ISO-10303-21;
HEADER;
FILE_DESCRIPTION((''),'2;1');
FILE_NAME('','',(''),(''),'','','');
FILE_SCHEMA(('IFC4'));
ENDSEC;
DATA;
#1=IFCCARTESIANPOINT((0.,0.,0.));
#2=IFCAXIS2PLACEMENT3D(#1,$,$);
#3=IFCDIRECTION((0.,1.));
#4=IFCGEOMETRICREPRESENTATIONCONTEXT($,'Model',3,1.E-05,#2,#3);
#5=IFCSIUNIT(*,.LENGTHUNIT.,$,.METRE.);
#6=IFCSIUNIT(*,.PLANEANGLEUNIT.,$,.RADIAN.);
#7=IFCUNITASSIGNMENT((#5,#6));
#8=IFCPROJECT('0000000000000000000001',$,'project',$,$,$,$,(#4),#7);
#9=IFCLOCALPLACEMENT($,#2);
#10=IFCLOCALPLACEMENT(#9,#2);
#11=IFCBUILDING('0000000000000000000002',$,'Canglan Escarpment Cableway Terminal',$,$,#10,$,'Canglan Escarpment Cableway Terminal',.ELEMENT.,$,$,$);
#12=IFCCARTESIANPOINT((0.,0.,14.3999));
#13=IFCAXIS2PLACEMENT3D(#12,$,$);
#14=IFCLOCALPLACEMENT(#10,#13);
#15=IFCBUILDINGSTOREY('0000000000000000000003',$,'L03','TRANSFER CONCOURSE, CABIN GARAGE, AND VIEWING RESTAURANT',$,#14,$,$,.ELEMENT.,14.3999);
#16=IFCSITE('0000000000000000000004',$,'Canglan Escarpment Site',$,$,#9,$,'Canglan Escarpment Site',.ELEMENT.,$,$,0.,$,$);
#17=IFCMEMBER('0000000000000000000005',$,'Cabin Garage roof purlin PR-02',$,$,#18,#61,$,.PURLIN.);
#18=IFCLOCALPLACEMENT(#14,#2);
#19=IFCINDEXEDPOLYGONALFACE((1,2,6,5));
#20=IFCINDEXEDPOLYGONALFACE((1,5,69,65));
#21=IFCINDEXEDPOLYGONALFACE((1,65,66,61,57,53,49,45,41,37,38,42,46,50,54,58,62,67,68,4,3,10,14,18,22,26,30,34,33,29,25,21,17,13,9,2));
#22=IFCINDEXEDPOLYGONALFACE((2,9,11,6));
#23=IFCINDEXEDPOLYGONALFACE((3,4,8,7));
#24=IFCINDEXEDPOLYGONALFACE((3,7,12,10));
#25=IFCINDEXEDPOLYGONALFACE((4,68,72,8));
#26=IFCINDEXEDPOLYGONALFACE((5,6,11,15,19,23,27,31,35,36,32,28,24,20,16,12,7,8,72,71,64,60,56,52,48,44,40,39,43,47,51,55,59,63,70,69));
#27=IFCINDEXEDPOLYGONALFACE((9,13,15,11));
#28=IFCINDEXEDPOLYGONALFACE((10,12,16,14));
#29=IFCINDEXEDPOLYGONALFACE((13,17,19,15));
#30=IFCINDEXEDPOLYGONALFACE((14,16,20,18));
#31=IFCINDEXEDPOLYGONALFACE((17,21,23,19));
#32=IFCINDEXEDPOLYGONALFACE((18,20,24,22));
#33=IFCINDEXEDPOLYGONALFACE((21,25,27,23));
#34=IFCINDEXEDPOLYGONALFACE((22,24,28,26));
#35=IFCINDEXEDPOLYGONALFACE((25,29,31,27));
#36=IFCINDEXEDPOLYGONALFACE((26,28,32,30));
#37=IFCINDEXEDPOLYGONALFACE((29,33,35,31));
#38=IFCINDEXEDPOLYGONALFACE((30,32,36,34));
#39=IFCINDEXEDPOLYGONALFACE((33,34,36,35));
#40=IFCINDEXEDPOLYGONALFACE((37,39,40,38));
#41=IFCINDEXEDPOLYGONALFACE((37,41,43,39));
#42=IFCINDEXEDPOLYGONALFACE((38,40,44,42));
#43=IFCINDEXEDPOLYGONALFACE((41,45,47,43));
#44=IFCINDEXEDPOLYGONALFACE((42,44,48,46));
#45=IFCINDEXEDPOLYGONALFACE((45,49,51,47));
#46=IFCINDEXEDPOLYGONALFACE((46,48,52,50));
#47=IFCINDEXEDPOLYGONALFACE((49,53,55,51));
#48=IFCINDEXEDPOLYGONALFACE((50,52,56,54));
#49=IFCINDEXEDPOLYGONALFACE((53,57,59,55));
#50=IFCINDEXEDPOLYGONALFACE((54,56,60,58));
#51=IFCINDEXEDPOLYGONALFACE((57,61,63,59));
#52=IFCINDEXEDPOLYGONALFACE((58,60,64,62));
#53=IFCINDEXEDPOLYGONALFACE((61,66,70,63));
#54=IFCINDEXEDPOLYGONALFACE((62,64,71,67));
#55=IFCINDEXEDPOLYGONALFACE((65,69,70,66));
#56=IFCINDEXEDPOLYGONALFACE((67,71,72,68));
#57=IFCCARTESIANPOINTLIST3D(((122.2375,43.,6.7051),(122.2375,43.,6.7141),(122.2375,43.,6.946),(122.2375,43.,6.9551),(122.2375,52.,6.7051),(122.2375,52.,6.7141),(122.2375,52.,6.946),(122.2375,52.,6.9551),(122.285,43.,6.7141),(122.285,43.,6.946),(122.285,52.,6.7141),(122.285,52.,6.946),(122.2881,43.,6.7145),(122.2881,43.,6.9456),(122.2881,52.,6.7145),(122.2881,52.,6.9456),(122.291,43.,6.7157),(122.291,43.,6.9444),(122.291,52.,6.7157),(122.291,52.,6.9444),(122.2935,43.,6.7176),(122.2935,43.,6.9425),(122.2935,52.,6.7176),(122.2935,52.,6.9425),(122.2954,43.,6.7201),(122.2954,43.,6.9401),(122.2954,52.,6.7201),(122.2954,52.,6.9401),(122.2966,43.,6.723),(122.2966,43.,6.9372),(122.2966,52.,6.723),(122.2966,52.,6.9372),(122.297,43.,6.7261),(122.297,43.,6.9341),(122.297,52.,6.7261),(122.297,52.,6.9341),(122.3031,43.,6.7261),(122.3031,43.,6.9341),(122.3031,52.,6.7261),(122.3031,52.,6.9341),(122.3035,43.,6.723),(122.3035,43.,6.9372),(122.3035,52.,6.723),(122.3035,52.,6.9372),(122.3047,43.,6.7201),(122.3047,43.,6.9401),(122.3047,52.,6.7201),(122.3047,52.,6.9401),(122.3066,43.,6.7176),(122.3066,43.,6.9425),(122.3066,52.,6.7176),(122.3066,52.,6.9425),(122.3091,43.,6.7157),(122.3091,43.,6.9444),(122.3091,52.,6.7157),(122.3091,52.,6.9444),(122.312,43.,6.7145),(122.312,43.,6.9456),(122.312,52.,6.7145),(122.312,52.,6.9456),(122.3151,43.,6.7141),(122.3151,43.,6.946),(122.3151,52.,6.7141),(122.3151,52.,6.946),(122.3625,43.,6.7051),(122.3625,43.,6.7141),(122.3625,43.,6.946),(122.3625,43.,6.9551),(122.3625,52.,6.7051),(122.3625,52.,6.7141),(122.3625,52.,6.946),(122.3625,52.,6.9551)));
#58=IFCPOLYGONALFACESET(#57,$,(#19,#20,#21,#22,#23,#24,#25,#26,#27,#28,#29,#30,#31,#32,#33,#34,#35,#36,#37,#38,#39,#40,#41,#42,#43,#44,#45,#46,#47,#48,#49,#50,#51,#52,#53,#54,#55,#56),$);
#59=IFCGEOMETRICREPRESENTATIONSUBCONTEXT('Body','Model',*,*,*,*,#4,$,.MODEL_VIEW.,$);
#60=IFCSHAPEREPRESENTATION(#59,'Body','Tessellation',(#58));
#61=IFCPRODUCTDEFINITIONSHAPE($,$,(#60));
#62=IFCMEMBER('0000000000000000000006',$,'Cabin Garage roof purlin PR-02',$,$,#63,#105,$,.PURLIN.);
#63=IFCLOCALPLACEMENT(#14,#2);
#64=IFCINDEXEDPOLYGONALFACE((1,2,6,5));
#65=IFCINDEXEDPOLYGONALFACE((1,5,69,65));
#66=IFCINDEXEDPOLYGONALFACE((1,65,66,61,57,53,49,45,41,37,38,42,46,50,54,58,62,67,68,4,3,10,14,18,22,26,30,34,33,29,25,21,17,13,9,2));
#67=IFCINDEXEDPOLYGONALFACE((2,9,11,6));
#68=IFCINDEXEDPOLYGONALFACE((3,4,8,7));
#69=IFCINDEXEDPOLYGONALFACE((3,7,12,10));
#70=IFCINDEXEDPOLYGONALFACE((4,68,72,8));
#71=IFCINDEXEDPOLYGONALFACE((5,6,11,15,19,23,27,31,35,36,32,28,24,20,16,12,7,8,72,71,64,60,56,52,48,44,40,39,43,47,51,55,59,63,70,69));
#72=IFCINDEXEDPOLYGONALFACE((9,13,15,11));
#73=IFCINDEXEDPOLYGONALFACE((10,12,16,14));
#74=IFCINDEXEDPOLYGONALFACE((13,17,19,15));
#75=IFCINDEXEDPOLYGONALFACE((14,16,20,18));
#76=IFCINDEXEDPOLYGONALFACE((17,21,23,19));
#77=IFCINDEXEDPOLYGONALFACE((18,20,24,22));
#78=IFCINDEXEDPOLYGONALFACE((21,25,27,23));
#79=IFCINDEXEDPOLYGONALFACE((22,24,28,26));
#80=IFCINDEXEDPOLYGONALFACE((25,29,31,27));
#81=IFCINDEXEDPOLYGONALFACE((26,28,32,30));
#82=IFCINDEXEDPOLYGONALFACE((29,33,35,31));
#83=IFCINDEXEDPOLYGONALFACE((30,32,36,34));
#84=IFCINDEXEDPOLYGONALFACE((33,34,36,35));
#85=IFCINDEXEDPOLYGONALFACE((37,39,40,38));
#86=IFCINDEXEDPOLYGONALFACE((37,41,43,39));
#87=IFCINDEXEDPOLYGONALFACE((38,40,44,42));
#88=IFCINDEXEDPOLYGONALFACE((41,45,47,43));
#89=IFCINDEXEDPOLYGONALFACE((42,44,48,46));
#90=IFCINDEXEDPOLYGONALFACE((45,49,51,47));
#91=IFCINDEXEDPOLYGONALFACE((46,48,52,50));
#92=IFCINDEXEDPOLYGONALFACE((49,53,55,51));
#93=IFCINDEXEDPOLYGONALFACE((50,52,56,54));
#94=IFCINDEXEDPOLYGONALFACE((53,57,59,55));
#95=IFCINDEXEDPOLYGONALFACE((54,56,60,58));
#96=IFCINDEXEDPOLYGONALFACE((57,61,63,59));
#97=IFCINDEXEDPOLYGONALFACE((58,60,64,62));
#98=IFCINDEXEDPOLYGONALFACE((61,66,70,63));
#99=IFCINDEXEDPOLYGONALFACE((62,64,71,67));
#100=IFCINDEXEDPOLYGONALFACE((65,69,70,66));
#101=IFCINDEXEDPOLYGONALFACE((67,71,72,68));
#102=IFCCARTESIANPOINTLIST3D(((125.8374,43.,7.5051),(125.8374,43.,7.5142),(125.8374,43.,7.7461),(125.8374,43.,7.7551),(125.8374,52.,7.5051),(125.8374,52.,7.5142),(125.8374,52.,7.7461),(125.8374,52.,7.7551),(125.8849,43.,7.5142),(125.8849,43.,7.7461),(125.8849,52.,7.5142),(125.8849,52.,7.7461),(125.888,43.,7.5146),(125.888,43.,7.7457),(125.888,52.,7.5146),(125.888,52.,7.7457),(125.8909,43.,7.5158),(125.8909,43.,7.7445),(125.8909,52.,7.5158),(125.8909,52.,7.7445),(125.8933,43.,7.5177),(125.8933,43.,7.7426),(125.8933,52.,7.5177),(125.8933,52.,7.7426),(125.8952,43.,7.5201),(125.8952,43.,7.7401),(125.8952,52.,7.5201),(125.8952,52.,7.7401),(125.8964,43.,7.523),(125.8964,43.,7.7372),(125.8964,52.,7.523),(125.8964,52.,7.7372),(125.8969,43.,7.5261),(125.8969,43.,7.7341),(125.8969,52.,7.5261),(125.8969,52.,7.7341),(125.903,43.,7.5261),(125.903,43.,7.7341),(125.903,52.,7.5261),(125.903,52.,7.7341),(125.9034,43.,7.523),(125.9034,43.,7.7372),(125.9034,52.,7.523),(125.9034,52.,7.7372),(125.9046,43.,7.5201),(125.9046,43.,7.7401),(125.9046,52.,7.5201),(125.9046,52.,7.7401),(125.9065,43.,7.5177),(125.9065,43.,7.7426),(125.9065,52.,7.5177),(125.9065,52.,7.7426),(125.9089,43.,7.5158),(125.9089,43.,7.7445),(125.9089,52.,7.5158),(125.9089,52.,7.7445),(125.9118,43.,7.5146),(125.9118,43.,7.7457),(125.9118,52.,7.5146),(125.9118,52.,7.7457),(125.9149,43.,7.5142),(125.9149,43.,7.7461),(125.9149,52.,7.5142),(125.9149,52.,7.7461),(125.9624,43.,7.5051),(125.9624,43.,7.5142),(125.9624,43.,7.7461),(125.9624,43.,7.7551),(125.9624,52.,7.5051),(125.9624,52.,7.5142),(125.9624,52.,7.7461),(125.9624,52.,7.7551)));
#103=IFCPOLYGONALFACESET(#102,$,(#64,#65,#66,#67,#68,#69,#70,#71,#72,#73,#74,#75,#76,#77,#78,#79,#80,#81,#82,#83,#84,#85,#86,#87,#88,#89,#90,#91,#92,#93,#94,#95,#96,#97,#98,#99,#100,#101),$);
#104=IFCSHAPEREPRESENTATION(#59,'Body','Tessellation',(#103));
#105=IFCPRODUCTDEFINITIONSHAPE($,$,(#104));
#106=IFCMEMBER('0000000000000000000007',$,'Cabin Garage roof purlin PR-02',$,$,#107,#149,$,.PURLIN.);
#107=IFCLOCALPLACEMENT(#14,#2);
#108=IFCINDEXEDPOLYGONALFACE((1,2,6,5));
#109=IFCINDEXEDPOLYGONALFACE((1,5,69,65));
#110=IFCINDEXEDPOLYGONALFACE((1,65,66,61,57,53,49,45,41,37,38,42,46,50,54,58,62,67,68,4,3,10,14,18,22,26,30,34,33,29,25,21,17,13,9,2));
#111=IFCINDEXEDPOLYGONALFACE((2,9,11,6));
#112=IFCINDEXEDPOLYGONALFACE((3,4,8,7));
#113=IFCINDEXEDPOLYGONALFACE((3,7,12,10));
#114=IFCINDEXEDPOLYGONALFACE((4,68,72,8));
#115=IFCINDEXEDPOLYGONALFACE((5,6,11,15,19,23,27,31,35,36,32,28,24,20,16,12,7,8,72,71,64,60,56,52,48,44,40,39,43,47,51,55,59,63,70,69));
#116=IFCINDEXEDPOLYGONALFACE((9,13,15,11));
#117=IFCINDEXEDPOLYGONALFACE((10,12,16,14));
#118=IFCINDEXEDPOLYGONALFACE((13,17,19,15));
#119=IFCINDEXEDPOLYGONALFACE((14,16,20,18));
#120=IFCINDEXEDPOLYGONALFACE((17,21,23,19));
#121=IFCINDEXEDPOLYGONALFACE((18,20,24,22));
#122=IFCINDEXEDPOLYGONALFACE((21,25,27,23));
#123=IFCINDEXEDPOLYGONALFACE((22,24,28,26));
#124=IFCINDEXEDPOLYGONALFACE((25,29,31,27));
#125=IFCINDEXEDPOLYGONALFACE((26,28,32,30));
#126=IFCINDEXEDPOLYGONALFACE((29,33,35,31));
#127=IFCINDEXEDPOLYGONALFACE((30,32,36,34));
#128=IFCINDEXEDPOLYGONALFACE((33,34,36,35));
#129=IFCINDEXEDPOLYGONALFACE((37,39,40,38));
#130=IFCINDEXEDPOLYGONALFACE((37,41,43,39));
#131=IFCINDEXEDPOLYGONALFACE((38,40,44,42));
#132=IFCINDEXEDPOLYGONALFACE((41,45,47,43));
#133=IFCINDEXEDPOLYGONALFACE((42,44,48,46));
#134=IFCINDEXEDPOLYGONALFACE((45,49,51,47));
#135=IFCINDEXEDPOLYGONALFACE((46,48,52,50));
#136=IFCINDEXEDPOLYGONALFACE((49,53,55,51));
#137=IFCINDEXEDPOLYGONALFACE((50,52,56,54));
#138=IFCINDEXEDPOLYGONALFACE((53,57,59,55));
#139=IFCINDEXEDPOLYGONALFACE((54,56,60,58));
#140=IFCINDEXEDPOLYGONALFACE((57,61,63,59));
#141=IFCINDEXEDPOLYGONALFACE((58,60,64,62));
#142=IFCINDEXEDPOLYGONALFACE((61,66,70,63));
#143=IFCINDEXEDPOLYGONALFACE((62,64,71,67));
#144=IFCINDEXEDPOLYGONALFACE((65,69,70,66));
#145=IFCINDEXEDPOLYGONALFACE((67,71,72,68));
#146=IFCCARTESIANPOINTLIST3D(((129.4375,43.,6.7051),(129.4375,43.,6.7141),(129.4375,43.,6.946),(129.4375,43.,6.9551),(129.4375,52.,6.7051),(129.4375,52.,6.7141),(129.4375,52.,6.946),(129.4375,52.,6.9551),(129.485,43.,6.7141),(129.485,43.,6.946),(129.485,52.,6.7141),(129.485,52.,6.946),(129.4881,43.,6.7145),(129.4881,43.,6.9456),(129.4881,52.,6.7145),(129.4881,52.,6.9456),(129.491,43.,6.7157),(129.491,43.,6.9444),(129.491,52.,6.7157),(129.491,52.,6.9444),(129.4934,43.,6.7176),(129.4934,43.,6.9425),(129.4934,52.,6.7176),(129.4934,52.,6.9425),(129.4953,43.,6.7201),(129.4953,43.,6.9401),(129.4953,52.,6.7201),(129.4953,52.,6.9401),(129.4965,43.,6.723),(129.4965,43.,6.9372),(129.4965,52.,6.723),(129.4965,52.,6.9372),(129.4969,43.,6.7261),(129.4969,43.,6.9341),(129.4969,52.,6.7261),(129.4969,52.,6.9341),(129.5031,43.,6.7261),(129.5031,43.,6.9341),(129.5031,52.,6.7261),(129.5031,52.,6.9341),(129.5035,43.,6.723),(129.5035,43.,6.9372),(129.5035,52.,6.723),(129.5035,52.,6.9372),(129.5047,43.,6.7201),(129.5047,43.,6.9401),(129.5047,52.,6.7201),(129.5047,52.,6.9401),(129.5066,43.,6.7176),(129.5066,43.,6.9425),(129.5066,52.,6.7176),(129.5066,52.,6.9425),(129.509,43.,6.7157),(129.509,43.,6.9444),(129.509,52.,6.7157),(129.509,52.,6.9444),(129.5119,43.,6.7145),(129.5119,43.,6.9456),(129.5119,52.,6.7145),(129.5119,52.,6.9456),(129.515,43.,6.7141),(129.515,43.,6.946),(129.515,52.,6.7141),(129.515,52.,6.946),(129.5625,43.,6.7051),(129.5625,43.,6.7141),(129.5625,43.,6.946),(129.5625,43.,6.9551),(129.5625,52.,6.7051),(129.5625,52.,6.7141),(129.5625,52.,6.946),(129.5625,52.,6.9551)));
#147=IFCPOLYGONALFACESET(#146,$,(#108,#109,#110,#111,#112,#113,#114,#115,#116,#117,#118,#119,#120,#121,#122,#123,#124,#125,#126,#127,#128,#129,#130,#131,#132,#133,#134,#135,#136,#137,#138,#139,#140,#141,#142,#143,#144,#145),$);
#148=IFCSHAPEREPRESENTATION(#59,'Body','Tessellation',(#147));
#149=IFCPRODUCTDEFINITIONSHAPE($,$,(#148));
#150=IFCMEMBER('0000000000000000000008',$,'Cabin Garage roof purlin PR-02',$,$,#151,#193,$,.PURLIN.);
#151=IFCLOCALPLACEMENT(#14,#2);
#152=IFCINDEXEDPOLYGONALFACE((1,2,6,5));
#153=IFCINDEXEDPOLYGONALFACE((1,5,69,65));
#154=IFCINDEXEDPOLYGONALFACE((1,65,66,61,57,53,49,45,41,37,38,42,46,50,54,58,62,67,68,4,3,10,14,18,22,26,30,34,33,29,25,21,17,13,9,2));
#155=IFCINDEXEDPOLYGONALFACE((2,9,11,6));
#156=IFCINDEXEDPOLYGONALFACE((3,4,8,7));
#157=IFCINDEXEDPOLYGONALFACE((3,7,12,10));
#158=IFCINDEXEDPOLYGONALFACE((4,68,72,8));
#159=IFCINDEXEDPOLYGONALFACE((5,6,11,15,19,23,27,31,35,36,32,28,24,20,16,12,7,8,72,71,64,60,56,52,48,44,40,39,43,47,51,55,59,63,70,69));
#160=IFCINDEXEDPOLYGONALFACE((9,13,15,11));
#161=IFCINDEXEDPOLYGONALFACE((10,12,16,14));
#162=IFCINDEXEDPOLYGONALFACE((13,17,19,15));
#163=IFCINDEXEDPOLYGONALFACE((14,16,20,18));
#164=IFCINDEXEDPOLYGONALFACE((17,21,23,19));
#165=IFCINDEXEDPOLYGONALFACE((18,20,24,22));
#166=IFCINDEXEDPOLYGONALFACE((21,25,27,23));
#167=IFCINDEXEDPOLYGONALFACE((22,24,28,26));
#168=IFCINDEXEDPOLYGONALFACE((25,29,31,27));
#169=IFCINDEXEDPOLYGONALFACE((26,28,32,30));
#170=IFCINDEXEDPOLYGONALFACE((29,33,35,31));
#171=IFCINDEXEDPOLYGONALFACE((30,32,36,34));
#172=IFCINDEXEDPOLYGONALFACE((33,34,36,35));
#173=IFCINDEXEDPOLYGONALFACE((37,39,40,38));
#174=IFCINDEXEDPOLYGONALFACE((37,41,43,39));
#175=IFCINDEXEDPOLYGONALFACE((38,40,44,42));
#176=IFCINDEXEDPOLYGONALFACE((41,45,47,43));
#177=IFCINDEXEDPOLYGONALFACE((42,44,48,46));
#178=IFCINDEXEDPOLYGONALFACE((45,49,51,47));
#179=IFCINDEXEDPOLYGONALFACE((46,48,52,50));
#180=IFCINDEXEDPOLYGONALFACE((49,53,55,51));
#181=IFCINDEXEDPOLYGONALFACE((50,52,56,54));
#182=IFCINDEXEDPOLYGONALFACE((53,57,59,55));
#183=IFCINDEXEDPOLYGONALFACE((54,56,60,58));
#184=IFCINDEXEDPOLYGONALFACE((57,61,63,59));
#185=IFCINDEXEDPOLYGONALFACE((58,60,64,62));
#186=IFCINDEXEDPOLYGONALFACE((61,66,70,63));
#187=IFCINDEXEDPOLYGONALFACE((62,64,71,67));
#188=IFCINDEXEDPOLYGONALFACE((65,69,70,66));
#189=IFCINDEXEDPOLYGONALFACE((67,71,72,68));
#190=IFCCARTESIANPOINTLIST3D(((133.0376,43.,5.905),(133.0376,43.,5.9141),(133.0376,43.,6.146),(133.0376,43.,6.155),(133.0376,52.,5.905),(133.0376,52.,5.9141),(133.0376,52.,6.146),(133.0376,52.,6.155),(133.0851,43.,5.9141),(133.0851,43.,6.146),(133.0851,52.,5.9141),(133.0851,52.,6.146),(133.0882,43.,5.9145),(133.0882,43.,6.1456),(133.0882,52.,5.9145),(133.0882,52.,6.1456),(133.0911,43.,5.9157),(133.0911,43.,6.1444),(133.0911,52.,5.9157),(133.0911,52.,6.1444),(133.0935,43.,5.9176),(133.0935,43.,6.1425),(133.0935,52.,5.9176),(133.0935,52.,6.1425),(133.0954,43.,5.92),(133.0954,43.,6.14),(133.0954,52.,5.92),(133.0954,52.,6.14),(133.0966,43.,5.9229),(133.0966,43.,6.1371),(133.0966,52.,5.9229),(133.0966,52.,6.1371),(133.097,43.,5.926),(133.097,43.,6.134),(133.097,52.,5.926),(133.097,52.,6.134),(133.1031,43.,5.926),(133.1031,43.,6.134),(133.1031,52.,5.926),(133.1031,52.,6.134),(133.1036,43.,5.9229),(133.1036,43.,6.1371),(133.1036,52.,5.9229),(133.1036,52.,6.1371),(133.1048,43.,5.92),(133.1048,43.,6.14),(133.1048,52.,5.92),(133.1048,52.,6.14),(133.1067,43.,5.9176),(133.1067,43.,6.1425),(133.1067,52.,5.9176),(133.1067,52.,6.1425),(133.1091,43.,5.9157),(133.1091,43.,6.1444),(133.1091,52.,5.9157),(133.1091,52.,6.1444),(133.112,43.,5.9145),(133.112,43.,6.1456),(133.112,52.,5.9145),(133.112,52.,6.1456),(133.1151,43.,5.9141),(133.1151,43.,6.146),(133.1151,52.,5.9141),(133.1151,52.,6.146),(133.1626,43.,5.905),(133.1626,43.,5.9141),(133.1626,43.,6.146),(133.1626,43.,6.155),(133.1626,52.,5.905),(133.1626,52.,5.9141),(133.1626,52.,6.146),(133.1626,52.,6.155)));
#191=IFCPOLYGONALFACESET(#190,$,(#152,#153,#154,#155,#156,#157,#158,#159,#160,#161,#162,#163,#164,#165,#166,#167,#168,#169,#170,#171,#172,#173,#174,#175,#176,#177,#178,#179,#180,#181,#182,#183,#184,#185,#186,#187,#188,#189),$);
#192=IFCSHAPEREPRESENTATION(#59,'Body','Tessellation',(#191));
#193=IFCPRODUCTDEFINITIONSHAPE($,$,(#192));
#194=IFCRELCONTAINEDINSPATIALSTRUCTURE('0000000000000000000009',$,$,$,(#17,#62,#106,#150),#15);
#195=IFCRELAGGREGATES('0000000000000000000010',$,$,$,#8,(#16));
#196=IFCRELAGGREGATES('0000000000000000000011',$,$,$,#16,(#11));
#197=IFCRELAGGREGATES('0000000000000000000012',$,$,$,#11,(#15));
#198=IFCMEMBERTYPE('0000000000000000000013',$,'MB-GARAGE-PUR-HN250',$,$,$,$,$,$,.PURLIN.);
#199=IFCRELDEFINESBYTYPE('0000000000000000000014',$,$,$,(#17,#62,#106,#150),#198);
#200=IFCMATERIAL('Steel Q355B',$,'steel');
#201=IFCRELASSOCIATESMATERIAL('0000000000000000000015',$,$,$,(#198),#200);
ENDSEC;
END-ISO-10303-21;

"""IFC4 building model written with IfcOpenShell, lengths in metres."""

from ifc_helpers import new_model, si_unit, direction, frame, origin, origin_2d, place, context, subcontext, project, spatial, i_section, extrude, material, material_profile, profile_set, type_object, element, save


model = new_model("IFC4")

# Units and contexts
model_context = context("Model", 3, precision=1e-05, world=origin(), true_north=direction((0.0, 1.0)))
body_context = subcontext(model_context, "Body", "Model", "MODEL_VIEW")
ifc_project = project(units=[si_unit("LENGTHUNIT", "METRE"), si_unit("PLANEANGLEUNIT", "RADIAN")], contexts=[model_context])

# Site, building, storey
site_placement = place(None, origin())
site = spatial("IfcSite", under=ifc_project, at=site_placement, Name="Canglan Escarpment Site", LongName="Canglan Escarpment Site", CompositionType="ELEMENT", RefElevation=0.0)
building_placement = place(site_placement, origin())
building = spatial("IfcBuilding", under=site, at=building_placement, Name="Canglan Escarpment Cableway Terminal", LongName="Canglan Escarpment Cableway Terminal", CompositionType="ELEMENT")
storey_placement = place(building_placement, frame((0.0, 0.0, 14.3999)))
storey = spatial("IfcBuildingStorey", under=building, at=storey_placement, Name="L03", Description="TRANSFER CONCOURSE, CABIN GARAGE, AND VIEWING RESTAURANT", CompositionType="ELEMENT", Elevation=14.3999)

# Shared definitions
ifc_material_1 = material(Name="Steel Q355B", Category="steel")

# Members
ifc_material_profile_1 = material_profile(ifc_material_1, i_section(OverallWidth=0.125, OverallDepth=0.25, WebThickness=0.0061, FlangeThickness=0.009, FilletRadius=0.012, at=origin_2d()), Name="HN 250x125x6x9")
ifc_profile_set_1 = profile_set([ifc_material_profile_1], Name="Steel Q355B")
member_type_1 = type_object("IfcMemberType", Name="MB-GARAGE-PUR-HN250", PredefinedType="PURLIN", material=ifc_profile_set_1)
for number, where, z_axis, x_axis, name in (
    (1, (122.3, 43.0, 6.8301), (0.0, 1.0, 0.0), (-1.0, 0.0, 0.0), "Cabin Garage roof purlin PR-02"),
    (2, (125.8999, 43.0, 7.6301), (0.0, 1.0, 0.0), (-1.0, 0.0, 0.0), "Cabin Garage roof purlin PR-02"),
    (3, (129.5, 43.0, 6.8301), (0.0, 1.0, 0.0), (-1.0, 0.0, 0.0), "Cabin Garage roof purlin PR-02"),
    (4, (133.1001, 43.0, 6.03), (0.0, 1.0, 0.0), (-1.0, 0.0, 0.0), "Cabin Garage roof purlin PR-02"),
):
    element("IfcMember", number, at=place(storey_placement, frame(where, z_axis=z_axis, x_axis=x_axis)), inside=storey, type_object=member_type_1, Name=name, PredefinedType="PURLIN", context=body_context, shape_type="SweptSolid", body=[
        extrude(i_section(OverallWidth=0.125, OverallDepth=0.25, WebThickness=0.0061, FlangeThickness=0.009, FilletRadius=0.012, at=origin_2d()), origin(), (0.0, 0.0, 1.0), 9.0),
    ])

save(model, "model.ifc")
